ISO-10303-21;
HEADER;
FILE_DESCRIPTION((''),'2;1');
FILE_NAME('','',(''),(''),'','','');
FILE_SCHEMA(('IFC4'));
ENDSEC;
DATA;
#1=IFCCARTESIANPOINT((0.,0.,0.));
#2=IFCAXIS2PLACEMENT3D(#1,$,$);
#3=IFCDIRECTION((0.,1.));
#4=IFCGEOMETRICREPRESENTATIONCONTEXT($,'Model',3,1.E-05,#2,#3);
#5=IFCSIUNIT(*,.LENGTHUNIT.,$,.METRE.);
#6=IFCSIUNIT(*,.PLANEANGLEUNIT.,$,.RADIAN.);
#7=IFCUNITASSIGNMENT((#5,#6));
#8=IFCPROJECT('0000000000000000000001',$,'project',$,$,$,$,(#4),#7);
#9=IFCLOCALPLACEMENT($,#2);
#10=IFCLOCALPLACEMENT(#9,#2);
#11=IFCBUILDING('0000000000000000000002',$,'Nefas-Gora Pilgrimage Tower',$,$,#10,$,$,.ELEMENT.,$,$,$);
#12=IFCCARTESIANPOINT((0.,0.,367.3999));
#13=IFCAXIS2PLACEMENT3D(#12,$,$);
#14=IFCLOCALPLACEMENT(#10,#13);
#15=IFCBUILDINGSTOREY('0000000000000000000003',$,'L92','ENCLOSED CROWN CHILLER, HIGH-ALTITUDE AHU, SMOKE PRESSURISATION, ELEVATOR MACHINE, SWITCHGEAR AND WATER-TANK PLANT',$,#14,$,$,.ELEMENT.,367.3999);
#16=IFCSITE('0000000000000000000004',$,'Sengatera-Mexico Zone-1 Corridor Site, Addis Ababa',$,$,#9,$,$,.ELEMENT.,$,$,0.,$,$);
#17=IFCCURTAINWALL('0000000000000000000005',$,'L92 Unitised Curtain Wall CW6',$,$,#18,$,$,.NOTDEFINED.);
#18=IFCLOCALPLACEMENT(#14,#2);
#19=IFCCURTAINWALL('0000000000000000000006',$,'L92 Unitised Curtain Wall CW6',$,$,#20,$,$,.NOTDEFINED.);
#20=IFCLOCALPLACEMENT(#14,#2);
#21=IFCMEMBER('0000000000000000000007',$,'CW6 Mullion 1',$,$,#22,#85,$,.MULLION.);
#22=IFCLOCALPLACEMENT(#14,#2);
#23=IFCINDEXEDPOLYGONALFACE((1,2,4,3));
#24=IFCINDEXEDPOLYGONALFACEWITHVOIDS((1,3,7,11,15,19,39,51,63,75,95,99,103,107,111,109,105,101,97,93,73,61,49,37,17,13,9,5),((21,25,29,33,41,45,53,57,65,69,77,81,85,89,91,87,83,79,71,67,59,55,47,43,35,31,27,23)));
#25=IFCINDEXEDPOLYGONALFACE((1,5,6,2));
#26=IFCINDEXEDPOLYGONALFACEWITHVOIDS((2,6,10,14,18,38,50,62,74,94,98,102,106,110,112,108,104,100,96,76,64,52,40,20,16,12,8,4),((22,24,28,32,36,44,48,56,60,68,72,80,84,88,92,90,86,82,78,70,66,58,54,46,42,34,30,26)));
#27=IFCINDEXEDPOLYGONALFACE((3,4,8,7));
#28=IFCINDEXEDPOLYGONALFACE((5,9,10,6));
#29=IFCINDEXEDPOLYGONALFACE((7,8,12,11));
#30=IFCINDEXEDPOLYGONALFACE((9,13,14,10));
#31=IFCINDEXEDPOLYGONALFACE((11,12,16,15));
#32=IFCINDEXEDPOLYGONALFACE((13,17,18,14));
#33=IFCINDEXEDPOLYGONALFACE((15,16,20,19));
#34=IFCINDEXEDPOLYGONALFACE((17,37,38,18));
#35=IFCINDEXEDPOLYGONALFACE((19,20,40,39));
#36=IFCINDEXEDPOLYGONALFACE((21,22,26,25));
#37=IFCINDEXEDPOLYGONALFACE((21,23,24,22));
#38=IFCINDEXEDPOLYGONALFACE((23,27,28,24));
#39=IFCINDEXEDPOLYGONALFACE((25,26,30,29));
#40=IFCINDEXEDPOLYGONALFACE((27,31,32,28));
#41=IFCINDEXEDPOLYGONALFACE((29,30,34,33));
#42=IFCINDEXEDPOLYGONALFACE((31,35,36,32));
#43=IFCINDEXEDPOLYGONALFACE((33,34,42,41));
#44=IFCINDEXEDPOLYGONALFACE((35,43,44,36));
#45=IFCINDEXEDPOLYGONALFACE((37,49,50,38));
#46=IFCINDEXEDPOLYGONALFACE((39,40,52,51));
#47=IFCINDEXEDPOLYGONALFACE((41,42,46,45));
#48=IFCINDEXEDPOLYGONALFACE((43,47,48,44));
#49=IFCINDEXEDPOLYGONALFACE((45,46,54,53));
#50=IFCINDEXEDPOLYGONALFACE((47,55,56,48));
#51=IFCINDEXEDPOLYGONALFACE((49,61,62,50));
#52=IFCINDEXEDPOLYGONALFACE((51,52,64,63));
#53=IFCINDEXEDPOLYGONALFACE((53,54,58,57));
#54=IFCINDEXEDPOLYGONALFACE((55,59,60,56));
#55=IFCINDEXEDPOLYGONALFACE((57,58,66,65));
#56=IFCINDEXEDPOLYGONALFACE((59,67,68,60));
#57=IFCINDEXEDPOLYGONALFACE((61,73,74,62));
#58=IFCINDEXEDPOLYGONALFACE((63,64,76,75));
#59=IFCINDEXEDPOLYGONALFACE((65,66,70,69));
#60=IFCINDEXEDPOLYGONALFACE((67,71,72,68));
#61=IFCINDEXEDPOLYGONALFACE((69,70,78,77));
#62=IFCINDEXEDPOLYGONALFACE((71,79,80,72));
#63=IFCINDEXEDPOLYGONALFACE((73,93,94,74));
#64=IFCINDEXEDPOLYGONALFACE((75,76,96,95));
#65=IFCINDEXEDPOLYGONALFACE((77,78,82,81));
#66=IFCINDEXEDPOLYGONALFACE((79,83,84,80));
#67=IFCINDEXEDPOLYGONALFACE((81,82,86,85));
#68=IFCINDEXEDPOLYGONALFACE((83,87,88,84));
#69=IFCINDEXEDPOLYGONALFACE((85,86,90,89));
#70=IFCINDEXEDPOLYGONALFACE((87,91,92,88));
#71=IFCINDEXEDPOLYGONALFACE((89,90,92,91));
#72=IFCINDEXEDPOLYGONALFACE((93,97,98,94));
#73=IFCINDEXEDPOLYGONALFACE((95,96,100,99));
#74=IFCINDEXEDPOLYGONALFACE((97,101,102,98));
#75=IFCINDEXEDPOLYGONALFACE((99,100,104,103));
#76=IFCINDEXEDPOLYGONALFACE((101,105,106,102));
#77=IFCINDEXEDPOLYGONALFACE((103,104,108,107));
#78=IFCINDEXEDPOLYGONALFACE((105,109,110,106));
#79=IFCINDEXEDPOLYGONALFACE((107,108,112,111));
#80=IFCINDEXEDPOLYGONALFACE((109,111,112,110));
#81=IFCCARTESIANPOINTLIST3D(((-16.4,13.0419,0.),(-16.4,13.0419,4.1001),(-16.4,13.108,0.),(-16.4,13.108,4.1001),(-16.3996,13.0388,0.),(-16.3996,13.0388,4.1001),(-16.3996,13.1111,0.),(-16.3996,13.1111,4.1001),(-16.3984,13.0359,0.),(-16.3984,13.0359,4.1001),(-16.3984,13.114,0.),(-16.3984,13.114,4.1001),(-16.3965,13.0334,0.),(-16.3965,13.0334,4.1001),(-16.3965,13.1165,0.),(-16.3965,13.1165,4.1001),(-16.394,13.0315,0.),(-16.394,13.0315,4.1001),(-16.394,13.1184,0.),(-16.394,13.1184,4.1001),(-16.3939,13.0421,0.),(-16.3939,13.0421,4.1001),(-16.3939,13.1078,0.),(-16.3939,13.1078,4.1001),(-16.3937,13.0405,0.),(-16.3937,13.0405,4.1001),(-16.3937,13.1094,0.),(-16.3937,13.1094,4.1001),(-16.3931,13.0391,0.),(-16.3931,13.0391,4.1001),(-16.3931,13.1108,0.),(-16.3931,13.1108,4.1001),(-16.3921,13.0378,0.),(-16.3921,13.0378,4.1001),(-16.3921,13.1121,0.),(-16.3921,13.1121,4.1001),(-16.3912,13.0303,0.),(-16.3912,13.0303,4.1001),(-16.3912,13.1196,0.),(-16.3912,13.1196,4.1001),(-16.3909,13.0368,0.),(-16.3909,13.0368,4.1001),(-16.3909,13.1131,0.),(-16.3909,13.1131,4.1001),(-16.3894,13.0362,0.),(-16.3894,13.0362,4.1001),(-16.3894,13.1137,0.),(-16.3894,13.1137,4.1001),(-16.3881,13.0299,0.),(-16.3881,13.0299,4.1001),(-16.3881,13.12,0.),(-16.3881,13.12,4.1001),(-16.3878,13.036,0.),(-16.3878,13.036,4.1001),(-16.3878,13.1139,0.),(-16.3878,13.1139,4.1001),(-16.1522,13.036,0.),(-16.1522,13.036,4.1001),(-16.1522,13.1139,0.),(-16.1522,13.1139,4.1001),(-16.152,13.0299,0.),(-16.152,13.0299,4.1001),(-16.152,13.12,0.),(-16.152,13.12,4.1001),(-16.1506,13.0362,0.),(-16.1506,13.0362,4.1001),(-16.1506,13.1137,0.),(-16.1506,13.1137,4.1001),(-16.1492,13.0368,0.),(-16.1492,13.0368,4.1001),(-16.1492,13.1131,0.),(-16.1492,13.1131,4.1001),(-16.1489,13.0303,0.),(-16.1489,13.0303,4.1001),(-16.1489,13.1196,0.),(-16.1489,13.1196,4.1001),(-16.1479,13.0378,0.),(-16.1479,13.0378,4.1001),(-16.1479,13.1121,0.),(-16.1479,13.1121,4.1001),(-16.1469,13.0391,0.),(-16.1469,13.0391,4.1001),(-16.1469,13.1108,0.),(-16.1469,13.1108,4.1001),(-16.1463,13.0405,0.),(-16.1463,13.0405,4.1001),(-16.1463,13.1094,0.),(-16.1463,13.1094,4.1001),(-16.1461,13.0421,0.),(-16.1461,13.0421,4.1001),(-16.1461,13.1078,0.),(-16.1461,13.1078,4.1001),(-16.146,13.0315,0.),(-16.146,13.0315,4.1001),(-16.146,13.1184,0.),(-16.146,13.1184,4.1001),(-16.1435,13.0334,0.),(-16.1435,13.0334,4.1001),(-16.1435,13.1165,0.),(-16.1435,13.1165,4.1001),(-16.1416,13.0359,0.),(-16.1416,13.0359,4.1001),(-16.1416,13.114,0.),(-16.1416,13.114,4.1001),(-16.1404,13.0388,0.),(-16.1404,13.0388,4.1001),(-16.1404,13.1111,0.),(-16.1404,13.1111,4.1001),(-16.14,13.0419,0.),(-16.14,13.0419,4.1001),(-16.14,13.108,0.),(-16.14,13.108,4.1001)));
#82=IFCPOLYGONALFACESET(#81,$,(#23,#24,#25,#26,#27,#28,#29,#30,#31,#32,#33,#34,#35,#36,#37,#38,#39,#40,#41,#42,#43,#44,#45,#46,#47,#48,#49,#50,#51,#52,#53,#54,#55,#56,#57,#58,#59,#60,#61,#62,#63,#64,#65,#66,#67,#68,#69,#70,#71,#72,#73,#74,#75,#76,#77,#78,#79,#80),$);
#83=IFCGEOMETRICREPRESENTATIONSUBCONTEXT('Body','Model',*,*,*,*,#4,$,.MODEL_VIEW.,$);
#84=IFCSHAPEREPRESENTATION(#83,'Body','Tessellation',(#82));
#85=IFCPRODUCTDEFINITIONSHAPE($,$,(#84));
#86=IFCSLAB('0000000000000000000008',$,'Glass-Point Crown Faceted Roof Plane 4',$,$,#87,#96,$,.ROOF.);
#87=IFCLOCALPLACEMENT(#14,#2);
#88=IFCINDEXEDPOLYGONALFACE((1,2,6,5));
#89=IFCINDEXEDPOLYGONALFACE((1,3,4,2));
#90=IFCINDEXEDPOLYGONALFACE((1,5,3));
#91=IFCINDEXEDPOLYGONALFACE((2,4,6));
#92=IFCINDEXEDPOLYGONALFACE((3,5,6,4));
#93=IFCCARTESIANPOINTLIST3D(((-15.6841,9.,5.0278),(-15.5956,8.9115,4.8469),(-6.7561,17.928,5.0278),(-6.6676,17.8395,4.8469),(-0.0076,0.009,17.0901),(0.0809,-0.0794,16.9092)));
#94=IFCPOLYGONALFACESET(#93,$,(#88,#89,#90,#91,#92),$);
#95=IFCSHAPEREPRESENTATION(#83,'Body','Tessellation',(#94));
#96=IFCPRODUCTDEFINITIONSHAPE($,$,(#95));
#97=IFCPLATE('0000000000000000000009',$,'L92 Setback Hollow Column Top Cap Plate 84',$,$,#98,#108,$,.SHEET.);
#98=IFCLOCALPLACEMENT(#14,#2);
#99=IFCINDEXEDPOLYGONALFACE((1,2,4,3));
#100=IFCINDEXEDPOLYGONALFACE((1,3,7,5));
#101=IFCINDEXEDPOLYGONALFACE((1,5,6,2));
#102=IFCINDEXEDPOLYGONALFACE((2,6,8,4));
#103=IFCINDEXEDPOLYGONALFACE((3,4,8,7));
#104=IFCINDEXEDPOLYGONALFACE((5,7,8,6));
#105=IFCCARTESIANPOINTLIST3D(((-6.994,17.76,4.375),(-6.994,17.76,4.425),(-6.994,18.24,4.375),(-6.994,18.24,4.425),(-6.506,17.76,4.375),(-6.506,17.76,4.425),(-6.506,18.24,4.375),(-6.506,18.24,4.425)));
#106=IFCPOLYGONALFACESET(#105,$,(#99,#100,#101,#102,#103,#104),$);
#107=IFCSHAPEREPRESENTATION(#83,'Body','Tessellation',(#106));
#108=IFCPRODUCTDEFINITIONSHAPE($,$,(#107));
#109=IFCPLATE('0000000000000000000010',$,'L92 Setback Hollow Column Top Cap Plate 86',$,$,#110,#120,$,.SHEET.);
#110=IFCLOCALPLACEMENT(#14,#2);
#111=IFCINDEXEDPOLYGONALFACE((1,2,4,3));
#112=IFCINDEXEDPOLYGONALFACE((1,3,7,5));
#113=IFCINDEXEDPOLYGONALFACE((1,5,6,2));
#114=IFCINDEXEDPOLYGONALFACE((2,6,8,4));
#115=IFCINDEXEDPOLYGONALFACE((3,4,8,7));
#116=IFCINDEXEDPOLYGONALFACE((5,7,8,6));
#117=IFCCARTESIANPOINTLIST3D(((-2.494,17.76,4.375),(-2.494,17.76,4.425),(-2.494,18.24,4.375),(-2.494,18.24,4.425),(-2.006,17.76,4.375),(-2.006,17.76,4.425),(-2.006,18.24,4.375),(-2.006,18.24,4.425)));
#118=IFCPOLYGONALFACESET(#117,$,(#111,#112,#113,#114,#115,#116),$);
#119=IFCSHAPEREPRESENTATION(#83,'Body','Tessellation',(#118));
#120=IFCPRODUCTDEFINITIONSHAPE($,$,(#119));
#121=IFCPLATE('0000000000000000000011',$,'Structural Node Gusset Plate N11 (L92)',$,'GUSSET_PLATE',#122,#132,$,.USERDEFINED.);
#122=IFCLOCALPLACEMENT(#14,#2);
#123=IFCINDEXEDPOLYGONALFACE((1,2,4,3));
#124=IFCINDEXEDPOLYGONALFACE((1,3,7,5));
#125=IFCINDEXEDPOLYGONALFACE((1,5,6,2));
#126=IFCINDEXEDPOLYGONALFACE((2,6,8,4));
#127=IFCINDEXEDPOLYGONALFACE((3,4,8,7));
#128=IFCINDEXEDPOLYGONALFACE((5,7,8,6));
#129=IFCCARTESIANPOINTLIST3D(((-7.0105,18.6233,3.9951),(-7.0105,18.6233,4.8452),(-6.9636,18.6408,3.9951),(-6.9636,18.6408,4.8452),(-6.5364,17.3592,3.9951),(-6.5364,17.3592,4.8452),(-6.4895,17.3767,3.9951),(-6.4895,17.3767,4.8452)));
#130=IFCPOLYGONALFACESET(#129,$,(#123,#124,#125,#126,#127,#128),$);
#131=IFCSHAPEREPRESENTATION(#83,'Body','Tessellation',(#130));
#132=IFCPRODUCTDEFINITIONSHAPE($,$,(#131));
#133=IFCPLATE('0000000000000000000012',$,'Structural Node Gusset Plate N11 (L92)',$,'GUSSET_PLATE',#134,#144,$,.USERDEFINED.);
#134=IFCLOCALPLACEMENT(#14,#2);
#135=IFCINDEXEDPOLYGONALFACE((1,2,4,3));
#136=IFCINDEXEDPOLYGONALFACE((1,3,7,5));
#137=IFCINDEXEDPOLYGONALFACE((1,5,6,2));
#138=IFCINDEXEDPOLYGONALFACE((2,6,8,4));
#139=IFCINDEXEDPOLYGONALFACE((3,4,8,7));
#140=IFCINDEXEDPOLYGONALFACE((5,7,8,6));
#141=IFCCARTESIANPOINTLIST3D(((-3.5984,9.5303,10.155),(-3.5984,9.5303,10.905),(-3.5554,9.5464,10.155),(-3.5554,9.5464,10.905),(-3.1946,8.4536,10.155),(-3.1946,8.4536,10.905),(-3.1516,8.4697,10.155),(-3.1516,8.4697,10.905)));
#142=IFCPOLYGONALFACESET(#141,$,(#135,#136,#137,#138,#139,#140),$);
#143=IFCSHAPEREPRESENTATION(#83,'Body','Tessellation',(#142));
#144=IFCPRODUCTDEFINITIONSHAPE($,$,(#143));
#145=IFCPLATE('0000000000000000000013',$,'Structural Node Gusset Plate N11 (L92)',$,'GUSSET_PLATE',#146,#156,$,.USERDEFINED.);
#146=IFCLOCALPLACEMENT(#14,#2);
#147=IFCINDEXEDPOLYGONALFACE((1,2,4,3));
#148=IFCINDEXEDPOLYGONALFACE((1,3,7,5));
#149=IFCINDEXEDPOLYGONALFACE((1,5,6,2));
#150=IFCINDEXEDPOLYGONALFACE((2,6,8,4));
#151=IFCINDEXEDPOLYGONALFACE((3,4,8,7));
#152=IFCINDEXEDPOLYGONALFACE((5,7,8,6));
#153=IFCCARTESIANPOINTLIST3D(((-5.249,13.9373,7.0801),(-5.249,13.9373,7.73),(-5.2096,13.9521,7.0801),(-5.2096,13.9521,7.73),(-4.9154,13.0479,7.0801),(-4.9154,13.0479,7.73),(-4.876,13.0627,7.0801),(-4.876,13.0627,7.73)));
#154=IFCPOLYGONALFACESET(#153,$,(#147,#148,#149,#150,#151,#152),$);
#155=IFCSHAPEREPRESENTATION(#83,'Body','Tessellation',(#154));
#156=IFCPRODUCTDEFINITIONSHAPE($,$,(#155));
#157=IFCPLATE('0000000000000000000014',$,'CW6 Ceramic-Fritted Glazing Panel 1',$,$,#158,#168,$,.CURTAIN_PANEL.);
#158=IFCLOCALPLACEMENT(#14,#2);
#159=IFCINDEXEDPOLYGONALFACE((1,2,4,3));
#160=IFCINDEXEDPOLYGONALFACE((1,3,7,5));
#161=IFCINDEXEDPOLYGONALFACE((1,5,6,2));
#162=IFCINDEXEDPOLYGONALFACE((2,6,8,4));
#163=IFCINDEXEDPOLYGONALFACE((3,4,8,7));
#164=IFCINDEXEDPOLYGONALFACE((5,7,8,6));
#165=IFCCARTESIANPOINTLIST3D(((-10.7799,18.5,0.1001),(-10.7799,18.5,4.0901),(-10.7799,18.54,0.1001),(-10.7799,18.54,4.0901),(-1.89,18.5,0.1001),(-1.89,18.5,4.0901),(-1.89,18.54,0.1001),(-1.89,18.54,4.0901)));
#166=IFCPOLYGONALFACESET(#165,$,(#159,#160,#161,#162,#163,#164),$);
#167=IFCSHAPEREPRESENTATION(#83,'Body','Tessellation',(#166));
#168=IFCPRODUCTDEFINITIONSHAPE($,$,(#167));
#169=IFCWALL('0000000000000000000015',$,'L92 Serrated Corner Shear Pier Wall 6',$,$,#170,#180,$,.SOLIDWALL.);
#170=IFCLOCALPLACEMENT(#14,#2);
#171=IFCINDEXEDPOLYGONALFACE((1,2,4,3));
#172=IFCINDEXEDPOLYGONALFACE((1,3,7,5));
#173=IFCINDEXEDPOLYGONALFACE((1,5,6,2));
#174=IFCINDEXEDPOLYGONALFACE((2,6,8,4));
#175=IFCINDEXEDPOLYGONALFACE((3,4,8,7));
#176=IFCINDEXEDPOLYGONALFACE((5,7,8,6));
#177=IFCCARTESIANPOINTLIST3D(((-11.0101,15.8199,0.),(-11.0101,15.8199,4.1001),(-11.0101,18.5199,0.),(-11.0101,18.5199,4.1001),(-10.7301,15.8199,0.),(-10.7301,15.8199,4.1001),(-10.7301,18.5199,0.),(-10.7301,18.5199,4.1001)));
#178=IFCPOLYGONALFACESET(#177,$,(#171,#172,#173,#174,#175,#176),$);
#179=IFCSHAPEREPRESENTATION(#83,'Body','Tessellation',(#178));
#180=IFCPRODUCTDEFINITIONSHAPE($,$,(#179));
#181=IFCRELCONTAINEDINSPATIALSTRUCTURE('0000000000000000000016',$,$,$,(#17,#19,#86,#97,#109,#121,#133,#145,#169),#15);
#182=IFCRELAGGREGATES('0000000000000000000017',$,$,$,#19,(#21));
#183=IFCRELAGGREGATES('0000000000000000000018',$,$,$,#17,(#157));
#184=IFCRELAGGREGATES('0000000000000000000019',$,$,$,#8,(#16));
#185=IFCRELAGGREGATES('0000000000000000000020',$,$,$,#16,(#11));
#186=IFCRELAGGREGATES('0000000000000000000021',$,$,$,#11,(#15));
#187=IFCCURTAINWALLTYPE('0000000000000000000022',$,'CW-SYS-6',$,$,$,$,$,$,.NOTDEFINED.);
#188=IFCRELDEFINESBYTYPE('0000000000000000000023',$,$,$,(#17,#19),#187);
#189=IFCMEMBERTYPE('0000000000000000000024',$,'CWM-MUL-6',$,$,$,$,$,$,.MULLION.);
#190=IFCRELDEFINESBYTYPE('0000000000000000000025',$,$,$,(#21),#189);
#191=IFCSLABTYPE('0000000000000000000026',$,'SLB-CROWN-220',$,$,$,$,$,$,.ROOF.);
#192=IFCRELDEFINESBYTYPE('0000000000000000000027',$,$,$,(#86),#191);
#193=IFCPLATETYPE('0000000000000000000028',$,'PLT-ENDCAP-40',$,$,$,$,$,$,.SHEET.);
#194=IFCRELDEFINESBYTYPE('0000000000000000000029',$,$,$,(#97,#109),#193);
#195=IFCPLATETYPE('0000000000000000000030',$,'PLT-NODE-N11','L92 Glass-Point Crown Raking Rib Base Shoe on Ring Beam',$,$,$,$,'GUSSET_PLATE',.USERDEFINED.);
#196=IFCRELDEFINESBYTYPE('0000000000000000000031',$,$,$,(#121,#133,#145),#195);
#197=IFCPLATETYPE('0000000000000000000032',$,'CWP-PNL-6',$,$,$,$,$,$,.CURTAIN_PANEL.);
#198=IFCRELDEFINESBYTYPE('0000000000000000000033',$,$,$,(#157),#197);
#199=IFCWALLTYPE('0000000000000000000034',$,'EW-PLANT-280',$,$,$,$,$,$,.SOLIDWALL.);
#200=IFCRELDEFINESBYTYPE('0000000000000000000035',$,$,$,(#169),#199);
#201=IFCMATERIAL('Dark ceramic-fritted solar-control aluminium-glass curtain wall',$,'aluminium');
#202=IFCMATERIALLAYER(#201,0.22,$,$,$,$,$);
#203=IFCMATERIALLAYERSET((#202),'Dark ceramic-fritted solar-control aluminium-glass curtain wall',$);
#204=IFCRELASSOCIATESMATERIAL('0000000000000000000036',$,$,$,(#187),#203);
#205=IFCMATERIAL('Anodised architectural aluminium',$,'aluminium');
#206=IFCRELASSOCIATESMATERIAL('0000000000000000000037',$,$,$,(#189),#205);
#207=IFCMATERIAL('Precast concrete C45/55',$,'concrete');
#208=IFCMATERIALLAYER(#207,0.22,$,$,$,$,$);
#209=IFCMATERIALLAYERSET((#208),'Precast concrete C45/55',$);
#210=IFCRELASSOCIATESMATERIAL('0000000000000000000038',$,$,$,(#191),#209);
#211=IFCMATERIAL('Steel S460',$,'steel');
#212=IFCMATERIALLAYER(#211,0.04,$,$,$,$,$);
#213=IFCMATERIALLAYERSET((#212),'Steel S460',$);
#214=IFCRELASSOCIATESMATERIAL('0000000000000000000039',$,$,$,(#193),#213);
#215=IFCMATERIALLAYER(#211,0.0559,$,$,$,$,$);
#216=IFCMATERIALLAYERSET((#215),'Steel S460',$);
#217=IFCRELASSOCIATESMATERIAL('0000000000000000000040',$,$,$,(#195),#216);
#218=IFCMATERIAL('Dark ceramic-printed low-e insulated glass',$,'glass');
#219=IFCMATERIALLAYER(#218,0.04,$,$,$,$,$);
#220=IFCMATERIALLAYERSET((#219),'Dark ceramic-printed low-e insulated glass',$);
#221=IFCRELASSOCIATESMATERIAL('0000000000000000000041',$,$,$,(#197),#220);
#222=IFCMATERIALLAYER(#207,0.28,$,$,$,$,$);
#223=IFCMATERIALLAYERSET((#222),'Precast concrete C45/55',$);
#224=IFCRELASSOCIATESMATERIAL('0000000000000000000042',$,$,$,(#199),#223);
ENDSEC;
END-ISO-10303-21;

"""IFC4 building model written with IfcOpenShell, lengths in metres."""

from ifc_helpers import new_model, si_unit, direction, frame, frame_2d, origin, origin_2d, place, context, subcontext, project, spatial, polyline, rectangle, hollow_rectangle, outline, extrude, source, transform, mapped, material, layer, layer_set, material_profile, profile_set, type_object, element, aggregate, save


model = new_model("IFC4")

# Units and contexts
model_context = context("Model", 3, precision=1e-05, world=origin(), true_north=direction((0.0, 1.0)))
body_context = subcontext(model_context, "Body", "Model", "MODEL_VIEW")
ifc_project = project(units=[si_unit("LENGTHUNIT", "METRE"), si_unit("PLANEANGLEUNIT", "RADIAN")], contexts=[model_context])

# Site, building, storey
site_placement = place(None, origin())
site = spatial("IfcSite", under=ifc_project, at=site_placement, Name="Sengatera-Mexico Zone-1 Corridor Site, Addis Ababa", CompositionType="ELEMENT", RefElevation=0.0)
building_placement = place(site_placement, origin())
building = spatial("IfcBuilding", under=site, at=building_placement, Name="Nefas-Gora Pilgrimage Tower", CompositionType="ELEMENT")
storey_placement = place(building_placement, frame((0.0, 0.0, 367.3999)))
storey = spatial("IfcBuildingStorey", under=building, at=storey_placement, Name="L92", Description="ENCLOSED CROWN CHILLER, HIGH-ALTITUDE AHU, SMOKE PRESSURISATION, ELEVATOR MACHINE, SWITCHGEAR AND WATER-TANK PLANT", CompositionType="ELEMENT", Elevation=367.3999)

# Shared definitions
ifc_material_1 = material(Name="Steel S460", Category="steel")

# Curtain walls
ifc_material_2 = material(Name="Dark ceramic-fritted solar-control aluminium-glass curtain wall", Category="aluminium")
ifc_layer_1 = layer(ifc_material_2, 0.22)
ifc_layer_set_1 = layer_set([ifc_layer_1], Name="Dark ceramic-fritted solar-control aluminium-glass curtain wall")
curtain_wall_type = type_object("IfcCurtainWallType", Name="CW-SYS-6", PredefinedType="NOTDEFINED", material=ifc_layer_set_1)
curtain_wall_1_placement = place(storey_placement, origin())
curtain_wall_1 = element("IfcCurtainWall", 1, at=curtain_wall_1_placement, inside=storey, type_object=curtain_wall_type, Name="L92 Unitised Curtain Wall CW6", PredefinedType="NOTDEFINED")
ifc_material_3 = material(Name="Anodised architectural aluminium", Category="aluminium")
curtain_wall_2_placement = place(storey_placement, origin())
curtain_wall_2 = element("IfcCurtainWall", 2, at=curtain_wall_2_placement, inside=storey, type_object=curtain_wall_type, Name="L92 Unitised Curtain Wall CW6", PredefinedType="NOTDEFINED")

# Member
ifc_material_profile_1 = material_profile(ifc_material_3, hollow_rectangle(XDim=0.0901, YDim=0.26, WallThickness=0.0061, InnerFilletRadius=0.0061, OuterFilletRadius=0.012, at=origin_2d()), Name="ALU MULLION 90x260")
ifc_profile_set_1 = profile_set([ifc_material_profile_1], Name="Anodised architectural aluminium")
member_type_1 = type_object("IfcMemberType", Name="CWM-MUL-6", PredefinedType="MULLION", material=ifc_profile_set_1)
shared_shape_1 = source(origin(), body_context, "Body", "SweptSolid", [
    extrude(hollow_rectangle(XDim=0.0901, YDim=0.26, WallThickness=0.0061, InnerFilletRadius=0.0061, OuterFilletRadius=0.012, at=origin_2d()), origin(), (0.0, 0.0, 1.0), 4.1001),
])
member_1_placement = place(storey_placement, frame((-16.27, 13.075, 0.0), z_axis=(0.0, 0.0, 1.0), x_axis=(0.0, -1.0, 0.0)))
member_1 = element("IfcMember", 3, at=member_1_placement, type_object=member_type_1, Name="CW6 Mullion 1", PredefinedType="MULLION", context=body_context, shape_type="MappedRepresentation", body=[
    mapped(shared_shape_1, transform((0.0, 0.0, 0.0), x_axis=(1.0, 0.0, 0.0), y_axis=(0.0, 1.0, 0.0), z_axis=(0.0, 0.0, 1.0), scale=1.0)),
])
aggregate(curtain_wall_2, [member_1])

# Slab
ifc_material_4 = material(Name="Precast concrete C45/55", Category="concrete")
ifc_layer_2 = layer(ifc_material_4, 0.22)
ifc_layer_set_2 = layer_set([ifc_layer_2], Name="Precast concrete C45/55")
slab_type = type_object("IfcSlabType", Name="SLB-CROWN-220", PredefinedType="ROOF", material=ifc_layer_set_2)
slab_placement = place(storey_placement, frame((-6.7561, 17.928, 5.0278), z_axis=(-0.402191, 0.402191, 0.822487), x_axis=(-0.707107, -0.707107, 0.0)))
element("IfcSlab", 4, at=slab_placement, inside=storey, type_object=slab_type, Name="Glass-Point Crown Faceted Roof Plane 4", PredefinedType="ROOF", context=body_context, shape_type="SweptSolid", body=[
    extrude(outline(polyline([(0.0, 0.0), (12.6261, 0.0), (7.8987, 21.2071), (0.0, 0.0)])), origin(), (0.0, 0.0, -1.0), 0.22),
])

# Plates
ifc_layer_3 = layer(ifc_material_1, 0.04)
ifc_layer_set_3 = layer_set([ifc_layer_3], Name="Steel S460")
plate_type_1 = type_object("IfcPlateType", Name="PLT-ENDCAP-40", PredefinedType="SHEET", material=ifc_layer_set_3)
shared_shape_2 = source(origin(), body_context, "Body", "SweptSolid", [
    extrude(rectangle(XDim=0.488, YDim=0.48, at=origin_2d()), origin(), (0.0, 0.0, 1.0), 0.05),
])
for number, where, z_axis, x_axis, name in (
    (5, (-6.75, 18.0, 4.375), (0.0, 0.0, 1.0), (1.0, 0.0, 0.0), "L92 Setback Hollow Column Top Cap Plate 84"),
    (6, (-2.25, 18.0, 4.375), (0.0, 0.0, 1.0), (1.0, 0.0, 0.0), "L92 Setback Hollow Column Top Cap Plate 86"),
):
    element("IfcPlate", number, at=place(storey_placement, frame(where, z_axis=z_axis, x_axis=x_axis)), inside=storey, type_object=plate_type_1, Name=name, PredefinedType="SHEET", context=body_context, shape_type="MappedRepresentation", body=[
        mapped(shared_shape_2, transform((0.0, 0.0, 0.0), x_axis=(1.0, 0.0, 0.0), y_axis=(0.0, 1.0, 0.0), z_axis=(0.0, 0.0, 1.0), scale=1.0)),
    ])
ifc_layer_4 = layer(ifc_material_1, 0.0559)
ifc_layer_set_4 = layer_set([ifc_layer_4], Name="Steel S460")
plate_type_2 = type_object("IfcPlateType", Name="PLT-NODE-N11", Description="L92 Glass-Point Crown Raking Rib Base Shoe on Ring Beam", ElementType="GUSSET_PLATE", PredefinedType="USERDEFINED", material=ifc_layer_set_4)
shared_shape_3 = source(origin(), body_context, "Body", "SweptSolid", [
    extrude(rectangle(XDim=1.3501, YDim=0.05, at=origin_2d()), origin(), (0.0, 0.0, 1.0), 0.8501),
])
plate_1_placement = place(storey_placement, frame((-6.75, 18.0, 3.9951), z_axis=(0.0, 0.0, 1.0), x_axis=(-0.351188, 0.936305, 0.0)))
element("IfcPlate", 7, at=plate_1_placement, inside=storey, type_object=plate_type_2, Name="Structural Node Gusset Plate N11 (L92)", ObjectType="GUSSET_PLATE", PredefinedType="USERDEFINED", context=body_context, shape_type="MappedRepresentation", body=[
    mapped(shared_shape_3, transform((0.0, 0.0, 0.0), x_axis=(1.0, 0.0, 0.0), y_axis=(0.0, 1.0, 0.0), z_axis=(0.0, 0.0, 1.0), scale=1.0)),
])
shared_shape_4 = source(origin(), body_context, "Body", "SweptSolid", [
    extrude(rectangle(XDim=1.1499, YDim=0.0459, at=origin_2d()), origin(), (0.0, 0.0, 1.0), 0.75),
])
plate_2_placement = place(storey_placement, frame((-3.375, 9.0, 10.155), z_axis=(0.0, 0.0, 1.0), x_axis=(-0.351188, 0.936305, 0.0)))
element("IfcPlate", 8, at=plate_2_placement, inside=storey, type_object=plate_type_2, Name="Structural Node Gusset Plate N11 (L92)", ObjectType="GUSSET_PLATE", PredefinedType="USERDEFINED", context=body_context, shape_type="MappedRepresentation", body=[
    mapped(shared_shape_4, transform((0.0, 0.0, 0.0), x_axis=(1.0, 0.0, 0.0), y_axis=(0.0, 1.0, 0.0), z_axis=(0.0, 0.0, 1.0), scale=1.0)),
])
shared_shape_5 = source(origin(), body_context, "Body", "SweptSolid", [
    extrude(rectangle(XDim=0.95, YDim=0.042, at=origin_2d()), origin(), (0.0, 0.0, 1.0), 0.6499),
])
plate_3_placement = place(storey_placement, frame((-5.0625, 13.5, 7.0801), z_axis=(0.0, 0.0, 1.0), x_axis=(-0.351188, 0.936305, 0.0)))
element("IfcPlate", 9, at=plate_3_placement, inside=storey, type_object=plate_type_2, Name="Structural Node Gusset Plate N11 (L92)", ObjectType="GUSSET_PLATE", PredefinedType="USERDEFINED", context=body_context, shape_type="MappedRepresentation", body=[
    mapped(shared_shape_5, transform((0.0, 0.0, 0.0), x_axis=(1.0, 0.0, 0.0), y_axis=(0.0, 1.0, 0.0), z_axis=(0.0, 0.0, 1.0), scale=1.0)),
])

# Plate
ifc_material_5 = material(Name="Dark ceramic-printed low-e insulated glass", Category="glass")
ifc_layer_5 = layer(ifc_material_5, 0.04)
ifc_layer_set_5 = layer_set([ifc_layer_5], Name="Dark ceramic-printed low-e insulated glass")
plate_type_3 = type_object("IfcPlateType", Name="CWP-PNL-6", PredefinedType="CURTAIN_PANEL", material=ifc_layer_set_5)
shared_shape_6 = source(origin(), body_context, "Body", "SweptSolid", [
    extrude(rectangle(XDim=8.8899, YDim=0.04, at=origin_2d()), origin(), (0.0, 0.0, 1.0), 3.99),
])
plate_4_placement = place(storey_placement, frame((-6.335, 18.52, 0.1001), z_axis=(0.0, 0.0, 1.0), x_axis=(-1.0, 0.0, 0.0)))
plate_4 = element("IfcPlate", 10, at=plate_4_placement, type_object=plate_type_3, Name="CW6 Ceramic-Fritted Glazing Panel 1", PredefinedType="CURTAIN_PANEL", context=body_context, shape_type="MappedRepresentation", body=[
    mapped(shared_shape_6, transform((0.0, 0.0, 0.0), x_axis=(1.0, 0.0, 0.0), y_axis=(0.0, 1.0, 0.0), z_axis=(0.0, 0.0, 1.0), scale=1.0)),
])
aggregate(curtain_wall_1, [plate_4])

# Wall
ifc_layer_6 = layer(ifc_material_4, 0.28)
ifc_layer_set_6 = layer_set([ifc_layer_6], Name="Precast concrete C45/55")
wall_type_1 = type_object("IfcWallType", Name="EW-PLANT-280", PredefinedType="SOLIDWALL", material=ifc_layer_set_6)
shared_shape_7 = source(origin(), body_context, "Body", "SweptSolid", [
    extrude(rectangle(XDim=2.7, YDim=0.28, at=frame_2d((1.3501, 0.0))), origin(), (0.0, 0.0, 1.0), 4.1001),
])
for number, where, z_axis, x_axis, name in (
    (11, (-10.8701, 18.52, 0.0), (0.0, 0.0, 1.0), (0.0, -1.0, 0.0), "L92 Serrated Corner Shear Pier Wall 6"),
):
    element("IfcWall", number, at=place(storey_placement, frame(where, z_axis=z_axis, x_axis=x_axis)), inside=storey, type_object=wall_type_1, Name=name, PredefinedType="SOLIDWALL", context=body_context, shape_type="MappedRepresentation", body=[
        mapped(shared_shape_7, transform((0.0, 0.0, 0.0), x_axis=(1.0, 0.0, 0.0), y_axis=(0.0, 1.0, 0.0), z_axis=(0.0, 0.0, 1.0), scale=1.0)),
    ])

save(model, "model.ifc")
